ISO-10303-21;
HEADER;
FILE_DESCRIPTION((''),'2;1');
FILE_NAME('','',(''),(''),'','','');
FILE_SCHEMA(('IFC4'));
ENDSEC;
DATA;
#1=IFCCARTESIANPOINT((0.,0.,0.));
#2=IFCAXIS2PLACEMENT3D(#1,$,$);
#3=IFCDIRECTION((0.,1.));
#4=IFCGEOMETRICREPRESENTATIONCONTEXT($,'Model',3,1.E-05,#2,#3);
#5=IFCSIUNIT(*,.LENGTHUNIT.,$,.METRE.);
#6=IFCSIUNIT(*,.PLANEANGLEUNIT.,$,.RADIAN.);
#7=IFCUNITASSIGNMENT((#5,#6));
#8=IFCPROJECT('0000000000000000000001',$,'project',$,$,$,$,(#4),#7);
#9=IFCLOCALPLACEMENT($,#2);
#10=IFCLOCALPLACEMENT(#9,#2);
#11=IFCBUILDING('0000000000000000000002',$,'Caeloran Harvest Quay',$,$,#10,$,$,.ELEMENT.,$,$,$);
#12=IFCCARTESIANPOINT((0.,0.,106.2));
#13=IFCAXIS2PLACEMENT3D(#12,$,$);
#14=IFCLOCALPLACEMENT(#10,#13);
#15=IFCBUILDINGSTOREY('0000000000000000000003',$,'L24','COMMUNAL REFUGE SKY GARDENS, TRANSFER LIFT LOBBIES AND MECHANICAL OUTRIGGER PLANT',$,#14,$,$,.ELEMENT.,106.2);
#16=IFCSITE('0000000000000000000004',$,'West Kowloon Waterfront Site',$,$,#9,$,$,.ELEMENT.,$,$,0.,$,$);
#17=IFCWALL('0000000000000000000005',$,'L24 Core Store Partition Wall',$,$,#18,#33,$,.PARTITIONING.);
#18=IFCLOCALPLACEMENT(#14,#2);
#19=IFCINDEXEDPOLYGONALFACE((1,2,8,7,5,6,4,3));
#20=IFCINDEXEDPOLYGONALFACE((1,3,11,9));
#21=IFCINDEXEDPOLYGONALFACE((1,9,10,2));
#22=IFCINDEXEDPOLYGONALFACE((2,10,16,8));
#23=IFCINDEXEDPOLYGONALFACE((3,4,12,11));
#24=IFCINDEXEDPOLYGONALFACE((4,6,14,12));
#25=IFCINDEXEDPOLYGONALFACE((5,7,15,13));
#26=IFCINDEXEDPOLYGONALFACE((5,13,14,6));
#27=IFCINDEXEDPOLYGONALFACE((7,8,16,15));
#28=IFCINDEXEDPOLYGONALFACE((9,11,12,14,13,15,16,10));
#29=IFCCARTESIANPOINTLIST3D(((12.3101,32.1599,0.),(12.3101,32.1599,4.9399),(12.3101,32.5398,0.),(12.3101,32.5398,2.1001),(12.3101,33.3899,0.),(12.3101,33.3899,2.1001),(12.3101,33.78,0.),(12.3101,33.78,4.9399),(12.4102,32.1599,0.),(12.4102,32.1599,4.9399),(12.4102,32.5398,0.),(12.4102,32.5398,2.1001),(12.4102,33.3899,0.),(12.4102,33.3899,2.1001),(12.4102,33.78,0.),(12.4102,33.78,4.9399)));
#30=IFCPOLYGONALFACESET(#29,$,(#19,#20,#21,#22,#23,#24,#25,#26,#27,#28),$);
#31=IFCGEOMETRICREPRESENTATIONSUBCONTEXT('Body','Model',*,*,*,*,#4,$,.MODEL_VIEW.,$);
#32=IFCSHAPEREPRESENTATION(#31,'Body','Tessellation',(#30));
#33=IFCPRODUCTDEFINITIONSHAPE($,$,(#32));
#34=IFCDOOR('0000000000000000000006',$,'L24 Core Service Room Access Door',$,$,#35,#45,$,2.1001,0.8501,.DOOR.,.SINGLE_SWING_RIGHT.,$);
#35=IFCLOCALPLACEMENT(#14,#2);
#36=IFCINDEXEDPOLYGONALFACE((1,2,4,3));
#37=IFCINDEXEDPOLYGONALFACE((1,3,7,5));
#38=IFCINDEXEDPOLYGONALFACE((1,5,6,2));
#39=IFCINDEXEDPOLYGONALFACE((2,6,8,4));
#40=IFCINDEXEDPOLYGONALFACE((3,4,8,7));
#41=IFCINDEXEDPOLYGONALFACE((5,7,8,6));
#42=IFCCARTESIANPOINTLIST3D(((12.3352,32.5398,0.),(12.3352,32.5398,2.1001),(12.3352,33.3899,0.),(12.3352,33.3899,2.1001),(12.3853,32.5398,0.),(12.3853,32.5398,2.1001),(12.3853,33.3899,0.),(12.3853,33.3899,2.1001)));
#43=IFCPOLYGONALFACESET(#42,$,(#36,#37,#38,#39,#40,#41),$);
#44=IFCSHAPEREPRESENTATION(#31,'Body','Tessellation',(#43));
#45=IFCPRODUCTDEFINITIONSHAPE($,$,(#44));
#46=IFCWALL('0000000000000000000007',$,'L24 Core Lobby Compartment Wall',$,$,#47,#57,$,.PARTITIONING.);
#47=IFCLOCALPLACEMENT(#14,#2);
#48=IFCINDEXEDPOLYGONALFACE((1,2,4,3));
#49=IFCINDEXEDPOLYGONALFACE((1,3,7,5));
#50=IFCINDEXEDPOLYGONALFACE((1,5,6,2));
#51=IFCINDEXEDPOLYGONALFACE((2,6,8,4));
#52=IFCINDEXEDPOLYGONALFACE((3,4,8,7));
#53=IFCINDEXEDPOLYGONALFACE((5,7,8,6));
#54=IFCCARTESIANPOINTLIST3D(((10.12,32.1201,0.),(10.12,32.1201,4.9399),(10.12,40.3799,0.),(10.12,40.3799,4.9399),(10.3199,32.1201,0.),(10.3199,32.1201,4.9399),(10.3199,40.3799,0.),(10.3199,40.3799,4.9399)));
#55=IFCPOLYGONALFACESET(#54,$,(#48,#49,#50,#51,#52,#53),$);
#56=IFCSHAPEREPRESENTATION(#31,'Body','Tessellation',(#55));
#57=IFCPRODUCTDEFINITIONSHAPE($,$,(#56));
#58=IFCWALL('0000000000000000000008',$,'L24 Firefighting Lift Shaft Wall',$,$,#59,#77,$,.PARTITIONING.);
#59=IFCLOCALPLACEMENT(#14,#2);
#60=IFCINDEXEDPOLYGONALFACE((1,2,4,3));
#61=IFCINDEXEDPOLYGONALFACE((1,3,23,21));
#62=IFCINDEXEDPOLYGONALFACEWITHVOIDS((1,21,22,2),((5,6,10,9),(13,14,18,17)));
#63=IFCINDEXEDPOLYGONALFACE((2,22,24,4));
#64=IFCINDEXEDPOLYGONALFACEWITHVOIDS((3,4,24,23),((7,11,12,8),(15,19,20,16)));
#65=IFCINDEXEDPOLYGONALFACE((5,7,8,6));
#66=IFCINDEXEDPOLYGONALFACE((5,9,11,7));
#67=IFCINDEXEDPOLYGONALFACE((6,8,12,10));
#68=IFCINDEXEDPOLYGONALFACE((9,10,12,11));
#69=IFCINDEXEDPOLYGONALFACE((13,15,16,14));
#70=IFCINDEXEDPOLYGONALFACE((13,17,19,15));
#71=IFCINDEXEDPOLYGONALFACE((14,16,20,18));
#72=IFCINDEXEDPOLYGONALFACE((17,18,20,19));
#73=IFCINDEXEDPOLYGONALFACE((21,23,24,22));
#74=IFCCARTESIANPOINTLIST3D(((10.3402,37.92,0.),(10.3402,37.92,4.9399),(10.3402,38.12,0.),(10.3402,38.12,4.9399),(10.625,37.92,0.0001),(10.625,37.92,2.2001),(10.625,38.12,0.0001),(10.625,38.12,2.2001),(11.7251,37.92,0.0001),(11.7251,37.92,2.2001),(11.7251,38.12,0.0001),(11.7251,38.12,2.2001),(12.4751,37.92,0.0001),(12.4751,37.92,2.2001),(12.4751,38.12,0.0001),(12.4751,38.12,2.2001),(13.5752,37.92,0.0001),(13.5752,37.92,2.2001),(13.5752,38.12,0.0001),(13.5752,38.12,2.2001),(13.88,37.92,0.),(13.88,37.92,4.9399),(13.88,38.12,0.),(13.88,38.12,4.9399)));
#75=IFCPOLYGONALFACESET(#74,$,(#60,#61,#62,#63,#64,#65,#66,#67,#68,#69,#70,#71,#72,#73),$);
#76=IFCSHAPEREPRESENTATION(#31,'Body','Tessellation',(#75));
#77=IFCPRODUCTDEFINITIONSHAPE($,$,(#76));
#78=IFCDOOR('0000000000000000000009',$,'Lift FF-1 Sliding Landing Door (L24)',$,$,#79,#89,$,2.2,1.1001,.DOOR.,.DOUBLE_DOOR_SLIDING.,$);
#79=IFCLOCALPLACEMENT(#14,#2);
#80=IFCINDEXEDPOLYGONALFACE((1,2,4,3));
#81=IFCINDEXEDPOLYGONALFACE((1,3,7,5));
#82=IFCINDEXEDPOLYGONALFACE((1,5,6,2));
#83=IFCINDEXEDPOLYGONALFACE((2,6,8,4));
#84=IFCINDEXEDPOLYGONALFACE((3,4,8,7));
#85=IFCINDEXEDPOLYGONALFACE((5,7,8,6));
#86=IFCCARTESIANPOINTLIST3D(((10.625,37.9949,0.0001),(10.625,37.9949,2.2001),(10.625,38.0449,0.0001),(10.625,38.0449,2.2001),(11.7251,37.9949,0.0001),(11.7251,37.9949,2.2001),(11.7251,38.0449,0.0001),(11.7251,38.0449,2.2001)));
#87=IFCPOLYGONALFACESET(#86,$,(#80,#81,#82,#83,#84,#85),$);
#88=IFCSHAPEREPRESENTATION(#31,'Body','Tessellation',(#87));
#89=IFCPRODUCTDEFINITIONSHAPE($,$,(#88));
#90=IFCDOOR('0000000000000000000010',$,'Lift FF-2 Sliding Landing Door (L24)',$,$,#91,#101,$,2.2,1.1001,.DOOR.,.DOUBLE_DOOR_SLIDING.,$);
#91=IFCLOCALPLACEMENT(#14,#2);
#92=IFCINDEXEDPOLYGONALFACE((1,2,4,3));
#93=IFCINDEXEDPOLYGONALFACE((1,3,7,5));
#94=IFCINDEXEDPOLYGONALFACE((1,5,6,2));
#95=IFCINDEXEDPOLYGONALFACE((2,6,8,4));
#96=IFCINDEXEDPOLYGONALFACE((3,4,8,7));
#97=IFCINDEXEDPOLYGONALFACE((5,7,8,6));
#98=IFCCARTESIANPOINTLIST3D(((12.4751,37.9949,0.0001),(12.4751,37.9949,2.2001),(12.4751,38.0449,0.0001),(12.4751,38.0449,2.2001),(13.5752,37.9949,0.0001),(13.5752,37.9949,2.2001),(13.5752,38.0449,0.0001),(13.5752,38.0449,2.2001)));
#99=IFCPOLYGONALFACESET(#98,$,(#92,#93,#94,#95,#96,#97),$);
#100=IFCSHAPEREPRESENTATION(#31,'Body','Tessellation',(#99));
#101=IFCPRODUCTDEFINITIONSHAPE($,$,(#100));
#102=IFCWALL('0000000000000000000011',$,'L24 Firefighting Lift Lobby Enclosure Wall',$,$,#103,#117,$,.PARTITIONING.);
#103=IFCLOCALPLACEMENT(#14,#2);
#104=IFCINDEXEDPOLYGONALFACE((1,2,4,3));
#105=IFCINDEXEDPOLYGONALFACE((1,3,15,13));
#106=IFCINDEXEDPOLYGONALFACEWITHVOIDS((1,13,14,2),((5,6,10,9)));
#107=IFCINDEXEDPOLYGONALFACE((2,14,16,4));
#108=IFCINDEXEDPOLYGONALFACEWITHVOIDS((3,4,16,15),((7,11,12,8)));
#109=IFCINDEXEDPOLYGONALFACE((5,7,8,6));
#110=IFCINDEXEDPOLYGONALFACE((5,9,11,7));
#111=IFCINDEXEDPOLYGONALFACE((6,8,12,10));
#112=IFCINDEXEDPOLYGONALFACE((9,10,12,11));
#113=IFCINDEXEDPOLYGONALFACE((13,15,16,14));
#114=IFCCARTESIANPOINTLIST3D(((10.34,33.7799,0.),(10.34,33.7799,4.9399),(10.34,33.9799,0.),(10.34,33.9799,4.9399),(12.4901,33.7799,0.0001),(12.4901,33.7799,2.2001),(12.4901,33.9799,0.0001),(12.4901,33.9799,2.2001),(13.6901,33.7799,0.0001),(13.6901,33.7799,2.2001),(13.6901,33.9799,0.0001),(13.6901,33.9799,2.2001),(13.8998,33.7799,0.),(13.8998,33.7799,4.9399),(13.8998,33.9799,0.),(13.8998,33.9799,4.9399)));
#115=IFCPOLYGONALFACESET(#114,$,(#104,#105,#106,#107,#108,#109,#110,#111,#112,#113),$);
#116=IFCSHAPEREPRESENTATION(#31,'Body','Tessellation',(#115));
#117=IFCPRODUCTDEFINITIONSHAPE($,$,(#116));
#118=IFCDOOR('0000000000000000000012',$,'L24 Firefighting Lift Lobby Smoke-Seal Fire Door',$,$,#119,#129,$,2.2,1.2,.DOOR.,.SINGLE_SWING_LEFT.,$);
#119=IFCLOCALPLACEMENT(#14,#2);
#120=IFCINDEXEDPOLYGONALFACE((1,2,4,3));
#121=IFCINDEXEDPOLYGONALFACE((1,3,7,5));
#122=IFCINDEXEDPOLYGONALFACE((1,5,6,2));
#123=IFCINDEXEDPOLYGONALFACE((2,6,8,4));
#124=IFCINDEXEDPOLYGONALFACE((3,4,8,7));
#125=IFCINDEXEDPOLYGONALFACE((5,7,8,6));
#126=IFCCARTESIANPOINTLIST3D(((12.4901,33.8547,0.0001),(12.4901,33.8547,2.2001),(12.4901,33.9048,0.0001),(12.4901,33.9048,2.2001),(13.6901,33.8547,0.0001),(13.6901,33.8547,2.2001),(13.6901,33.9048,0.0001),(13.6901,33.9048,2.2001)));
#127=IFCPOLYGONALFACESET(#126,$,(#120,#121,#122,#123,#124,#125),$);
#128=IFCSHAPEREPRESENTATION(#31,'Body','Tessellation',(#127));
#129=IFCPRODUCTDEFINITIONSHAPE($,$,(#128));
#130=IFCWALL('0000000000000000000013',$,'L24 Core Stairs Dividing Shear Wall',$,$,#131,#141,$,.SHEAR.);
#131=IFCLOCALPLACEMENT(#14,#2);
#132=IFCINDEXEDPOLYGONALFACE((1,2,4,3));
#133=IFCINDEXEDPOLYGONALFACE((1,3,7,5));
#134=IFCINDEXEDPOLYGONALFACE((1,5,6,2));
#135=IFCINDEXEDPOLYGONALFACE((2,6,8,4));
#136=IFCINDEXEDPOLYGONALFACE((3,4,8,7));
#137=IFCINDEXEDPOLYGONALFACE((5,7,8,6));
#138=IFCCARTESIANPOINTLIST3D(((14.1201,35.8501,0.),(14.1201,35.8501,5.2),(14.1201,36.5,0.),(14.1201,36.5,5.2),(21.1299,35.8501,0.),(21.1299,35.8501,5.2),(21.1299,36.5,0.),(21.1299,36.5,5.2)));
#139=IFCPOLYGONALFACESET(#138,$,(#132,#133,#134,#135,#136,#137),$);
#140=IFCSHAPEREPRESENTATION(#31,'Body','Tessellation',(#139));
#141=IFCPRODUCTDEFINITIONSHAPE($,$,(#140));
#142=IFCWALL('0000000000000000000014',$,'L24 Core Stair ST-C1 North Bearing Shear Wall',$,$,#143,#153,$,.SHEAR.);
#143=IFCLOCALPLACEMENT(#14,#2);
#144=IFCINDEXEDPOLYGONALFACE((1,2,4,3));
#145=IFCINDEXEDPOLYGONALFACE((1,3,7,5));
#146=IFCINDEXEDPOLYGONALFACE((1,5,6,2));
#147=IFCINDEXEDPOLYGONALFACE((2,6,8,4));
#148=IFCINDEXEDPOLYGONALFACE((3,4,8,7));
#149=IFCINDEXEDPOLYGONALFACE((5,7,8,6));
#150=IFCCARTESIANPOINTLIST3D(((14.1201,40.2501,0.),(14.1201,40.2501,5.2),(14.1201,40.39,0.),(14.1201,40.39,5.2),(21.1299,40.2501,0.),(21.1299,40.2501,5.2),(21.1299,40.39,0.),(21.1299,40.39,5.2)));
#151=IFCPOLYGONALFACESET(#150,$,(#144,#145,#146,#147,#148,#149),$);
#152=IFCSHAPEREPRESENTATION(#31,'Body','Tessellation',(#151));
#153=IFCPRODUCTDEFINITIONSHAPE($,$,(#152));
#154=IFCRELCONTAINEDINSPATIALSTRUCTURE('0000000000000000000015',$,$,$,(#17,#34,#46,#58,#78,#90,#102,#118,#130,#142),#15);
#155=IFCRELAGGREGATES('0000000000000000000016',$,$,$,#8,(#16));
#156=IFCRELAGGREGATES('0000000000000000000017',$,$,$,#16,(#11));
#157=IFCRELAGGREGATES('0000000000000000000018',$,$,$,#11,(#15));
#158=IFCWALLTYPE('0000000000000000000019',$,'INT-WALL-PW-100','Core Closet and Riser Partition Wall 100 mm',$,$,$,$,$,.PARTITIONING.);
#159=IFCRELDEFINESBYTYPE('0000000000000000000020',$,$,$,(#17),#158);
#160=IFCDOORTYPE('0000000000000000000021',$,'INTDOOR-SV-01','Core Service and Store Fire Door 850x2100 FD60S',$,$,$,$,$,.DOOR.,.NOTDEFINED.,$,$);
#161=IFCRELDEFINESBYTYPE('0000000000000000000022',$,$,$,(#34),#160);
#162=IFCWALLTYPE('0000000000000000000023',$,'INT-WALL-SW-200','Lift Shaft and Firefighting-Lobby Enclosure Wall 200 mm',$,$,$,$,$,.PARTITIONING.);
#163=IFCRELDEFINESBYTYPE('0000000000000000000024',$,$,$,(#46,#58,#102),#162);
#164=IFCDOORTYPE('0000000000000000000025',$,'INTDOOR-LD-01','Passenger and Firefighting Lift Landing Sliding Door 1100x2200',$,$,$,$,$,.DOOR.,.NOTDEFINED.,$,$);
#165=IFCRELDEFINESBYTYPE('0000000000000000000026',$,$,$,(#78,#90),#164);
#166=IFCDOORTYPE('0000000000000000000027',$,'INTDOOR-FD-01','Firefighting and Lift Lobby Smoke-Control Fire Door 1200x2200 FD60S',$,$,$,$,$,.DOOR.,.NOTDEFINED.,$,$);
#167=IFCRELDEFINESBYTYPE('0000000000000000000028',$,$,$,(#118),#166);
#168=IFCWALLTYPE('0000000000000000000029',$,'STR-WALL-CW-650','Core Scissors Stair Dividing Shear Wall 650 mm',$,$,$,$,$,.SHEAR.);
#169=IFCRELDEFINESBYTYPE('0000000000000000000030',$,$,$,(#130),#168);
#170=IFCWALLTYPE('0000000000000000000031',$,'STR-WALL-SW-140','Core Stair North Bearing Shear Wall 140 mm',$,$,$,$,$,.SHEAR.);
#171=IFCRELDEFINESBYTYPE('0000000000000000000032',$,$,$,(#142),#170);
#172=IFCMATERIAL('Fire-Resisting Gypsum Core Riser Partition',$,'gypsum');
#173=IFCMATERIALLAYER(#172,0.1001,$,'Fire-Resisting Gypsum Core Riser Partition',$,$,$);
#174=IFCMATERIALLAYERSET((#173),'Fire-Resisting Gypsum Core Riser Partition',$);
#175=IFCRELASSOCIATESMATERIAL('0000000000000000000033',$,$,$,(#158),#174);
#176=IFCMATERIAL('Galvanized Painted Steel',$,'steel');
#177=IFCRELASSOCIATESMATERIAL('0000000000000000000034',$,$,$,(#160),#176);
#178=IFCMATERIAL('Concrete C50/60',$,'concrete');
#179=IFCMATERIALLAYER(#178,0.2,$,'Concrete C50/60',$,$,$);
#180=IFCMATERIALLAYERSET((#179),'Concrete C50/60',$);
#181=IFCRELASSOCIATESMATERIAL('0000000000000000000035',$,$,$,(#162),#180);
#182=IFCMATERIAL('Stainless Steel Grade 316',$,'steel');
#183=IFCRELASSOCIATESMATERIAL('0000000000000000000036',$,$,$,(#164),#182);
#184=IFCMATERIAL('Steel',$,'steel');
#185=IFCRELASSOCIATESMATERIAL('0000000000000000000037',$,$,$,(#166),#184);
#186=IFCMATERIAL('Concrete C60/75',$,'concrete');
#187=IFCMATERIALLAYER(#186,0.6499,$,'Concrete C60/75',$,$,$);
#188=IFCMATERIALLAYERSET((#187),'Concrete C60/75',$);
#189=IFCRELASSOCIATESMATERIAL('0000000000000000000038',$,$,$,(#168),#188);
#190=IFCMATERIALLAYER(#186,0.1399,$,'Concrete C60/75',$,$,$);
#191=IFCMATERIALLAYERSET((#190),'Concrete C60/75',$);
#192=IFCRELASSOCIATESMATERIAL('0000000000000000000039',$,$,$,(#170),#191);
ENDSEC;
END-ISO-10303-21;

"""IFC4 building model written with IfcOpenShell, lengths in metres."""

from ifc_helpers import new_model, si_unit, direction, frame, frame_2d, origin, place, context, subcontext, project, spatial, rectangle, extrude, material, layer, layer_set, type_object, element, fill, save


model = new_model("IFC4")

# Units and contexts
model_context = context("Model", 3, precision=1e-05, world=origin(), true_north=direction((0.0, 1.0)))
body_context = subcontext(model_context, "Body", "Model", "MODEL_VIEW")
ifc_project = project(units=[si_unit("LENGTHUNIT", "METRE"), si_unit("PLANEANGLEUNIT", "RADIAN")], contexts=[model_context])

# Site, building, storey
site_placement = place(None, origin())
site = spatial("IfcSite", under=ifc_project, at=site_placement, Name="West Kowloon Waterfront Site", CompositionType="ELEMENT", RefElevation=0.0)
building_placement = place(site_placement, origin())
building = spatial("IfcBuilding", under=site, at=building_placement, Name="Caeloran Harvest Quay", CompositionType="ELEMENT")
storey_placement = place(building_placement, frame((0.0, 0.0, 106.2)))
storey = spatial("IfcBuildingStorey", under=building, at=storey_placement, Name="L24", Description="COMMUNAL REFUGE SKY GARDENS, TRANSFER LIFT LOBBIES AND MECHANICAL OUTRIGGER PLANT", CompositionType="ELEMENT", Elevation=106.2)

# Wall, opening, door
ifc_material_1 = material(Name="Fire-Resisting Gypsum Core Riser Partition", Category="gypsum")
ifc_layer_1 = layer(ifc_material_1, 0.1001, Name="Fire-Resisting Gypsum Core Riser Partition")
ifc_layer_set_1 = layer_set([ifc_layer_1], Name="Fire-Resisting Gypsum Core Riser Partition")
wall_type_1 = type_object("IfcWallType", Name="INT-WALL-PW-100", Description="Core Closet and Riser Partition Wall 100 mm", PredefinedType="PARTITIONING", material=ifc_layer_set_1)
wall_1_placement = place(storey_placement, frame((12.3601, 32.1599, 0.0), z_axis=(0.0, 0.0, 1.0), x_axis=(0.0, 1.0, 0.0)))
wall_1 = element("IfcWall", 1, at=wall_1_placement, inside=storey, type_object=wall_type_1, Name="L24 Core Store Partition Wall", PredefinedType="PARTITIONING", context=body_context, shape_type="SweptSolid", body=[
    extrude(rectangle(XDim=1.6201, YDim=0.1001, at=frame_2d((0.8101, 0.0))), origin(), (0.0, 0.0, 1.0), 4.9399),
])
opening_1_placement = place(wall_1_placement, frame((0.3799, 0.0, 0.0)))
opening_1 = element("IfcOpeningElement", 2, at=opening_1_placement, cuts=wall_1, PredefinedType="OPENING", context=body_context, shape_type="SweptSolid", body=[
    extrude(rectangle(XDim=0.8501, YDim=2.1001, at=frame_2d((0.425, 1.05))), frame((0.0, 0.0601, 0.0), z_axis=(0.0, -1.0, 0.0), x_axis=(1.0, 0.0, 0.0)), (0.0, 0.0, 1.0), 0.1201),
])
ifc_material_2 = material(Name="Galvanized Painted Steel", Category="steel")
door_type_1 = type_object("IfcDoorType", Name="INTDOOR-SV-01", Description="Core Service and Store Fire Door 850x2100 FD60S", OperationType="NOTDEFINED", PredefinedType="DOOR", material=ifc_material_2)
door_1_placement = place(opening_1_placement, origin())
door_1 = element("IfcDoor", 3, at=door_1_placement, inside=storey, type_object=door_type_1, Name="L24 Core Service Room Access Door", OperationType="SINGLE_SWING_RIGHT", OverallHeight=2.1001, OverallWidth=0.8501, PredefinedType="DOOR", context=body_context, shape_type="SweptSolid", body=[
    extrude(rectangle(XDim=0.8501, YDim=2.1001, at=frame_2d((0.425, 1.05))), frame((0.0, 0.0249, 0.0), z_axis=(0.0, -1.0, 0.0), x_axis=(1.0, 0.0, 0.0)), (0.0, 0.0, 1.0), 0.05),
])
fill(opening_1, door_1)

# Wall
ifc_material_3 = material(Name="Concrete C50/60", Category="concrete")
ifc_layer_2 = layer(ifc_material_3, 0.2, Name="Concrete C50/60")
ifc_layer_set_2 = layer_set([ifc_layer_2], Name="Concrete C50/60")
wall_type_2 = type_object("IfcWallType", Name="INT-WALL-SW-200", Description="Lift Shaft and Firefighting-Lobby Enclosure Wall 200 mm", PredefinedType="PARTITIONING", material=ifc_layer_set_2)
wall_2_placement = place(storey_placement, frame((10.22, 32.1201, 0.0), z_axis=(0.0, 0.0, 1.0), x_axis=(0.0, 1.0, 0.0)))
element("IfcWall", 4, at=wall_2_placement, inside=storey, type_object=wall_type_2, Name="L24 Core Lobby Compartment Wall", PredefinedType="PARTITIONING", context=body_context, shape_type="SweptSolid", body=[
    extrude(rectangle(XDim=8.2598, YDim=0.2, at=frame_2d((4.1299, 0.0))), origin(), (0.0, 0.0, 1.0), 4.9399),
])

# Wall, openings, doors
wall_3_placement = place(storey_placement, frame((10.3401, 38.02, 0.0), z_axis=(0.0, 0.0, 1.0), x_axis=(1.0, 0.0, 0.0)))
wall_3 = element("IfcWall", 5, at=wall_3_placement, inside=storey, type_object=wall_type_2, Name="L24 Firefighting Lift Shaft Wall", PredefinedType="PARTITIONING", context=body_context, shape_type="SweptSolid", body=[
    extrude(rectangle(XDim=3.5398, YDim=0.2, at=frame_2d((1.77, 0.0))), origin(), (0.0, 0.0, 1.0), 4.9399),
])
opening_2_placement = place(wall_3_placement, frame((0.2849, 0.0, 0.0)))
opening_2 = element("IfcOpeningElement", 6, at=opening_2_placement, cuts=wall_3, PredefinedType="OPENING", context=body_context, shape_type="SweptSolid", body=[
    extrude(rectangle(XDim=1.1001, YDim=2.2, at=frame_2d((0.55, 1.1001))), frame((0.0, 0.1099, 0.0), z_axis=(0.0, -1.0, 0.0), x_axis=(1.0, 0.0, 0.0)), (0.0, 0.0, 1.0), 0.22),
])
opening_3_placement = place(wall_3_placement, frame((2.135, 0.0, 0.0)))
opening_3 = element("IfcOpeningElement", 7, at=opening_3_placement, cuts=wall_3, PredefinedType="OPENING", context=body_context, shape_type="SweptSolid", body=[
    extrude(rectangle(XDim=1.1001, YDim=2.2, at=frame_2d((0.55, 1.1001))), frame((0.0, 0.1099, 0.0), z_axis=(0.0, -1.0, 0.0), x_axis=(1.0, 0.0, 0.0)), (0.0, 0.0, 1.0), 0.22),
])
ifc_material_4 = material(Name="Stainless Steel Grade 316", Category="steel")
door_type_2 = type_object("IfcDoorType", Name="INTDOOR-LD-01", Description="Passenger and Firefighting Lift Landing Sliding Door 1100x2200", OperationType="NOTDEFINED", PredefinedType="DOOR", material=ifc_material_4)
door_2_placement = place(opening_2_placement, origin())
door_2 = element("IfcDoor", 8, at=door_2_placement, inside=storey, type_object=door_type_2, Name="Lift FF-1 Sliding Landing Door (L24)", OperationType="DOUBLE_DOOR_SLIDING", OverallHeight=2.2, OverallWidth=1.1001, PredefinedType="DOOR", context=body_context, shape_type="SweptSolid", body=[
    extrude(rectangle(XDim=1.1001, YDim=2.2, at=frame_2d((0.55, 1.1001))), frame((0.0, 0.0249, 0.0), z_axis=(0.0, -1.0, 0.0), x_axis=(1.0, 0.0, 0.0)), (0.0, 0.0, 1.0), 0.05),
])
fill(opening_2, door_2)
door_3_placement = place(opening_3_placement, origin())
door_3 = element("IfcDoor", 9, at=door_3_placement, inside=storey, type_object=door_type_2, Name="Lift FF-2 Sliding Landing Door (L24)", OperationType="DOUBLE_DOOR_SLIDING", OverallHeight=2.2, OverallWidth=1.1001, PredefinedType="DOOR", context=body_context, shape_type="SweptSolid", body=[
    extrude(rectangle(XDim=1.1001, YDim=2.2, at=frame_2d((0.55, 1.1001))), frame((0.0, 0.0249, 0.0), z_axis=(0.0, -1.0, 0.0), x_axis=(1.0, 0.0, 0.0)), (0.0, 0.0, 1.0), 0.05),
])
fill(opening_3, door_3)

# Wall, opening, door
wall_4_placement = place(storey_placement, frame((10.3401, 33.8799, 0.0), z_axis=(0.0, 0.0, 1.0), x_axis=(1.0, 0.0, 0.0)))
wall_4 = element("IfcWall", 10, at=wall_4_placement, inside=storey, type_object=wall_type_2, Name="L24 Firefighting Lift Lobby Enclosure Wall", PredefinedType="PARTITIONING", context=body_context, shape_type="SweptSolid", body=[
    extrude(rectangle(XDim=3.5598, YDim=0.2, at=frame_2d((1.7798, 0.0))), origin(), (0.0, 0.0, 1.0), 4.9399),
])
opening_4_placement = place(wall_4_placement, frame((2.1499, 0.0, 0.0)))
opening_4 = element("IfcOpeningElement", 11, at=opening_4_placement, cuts=wall_4, PredefinedType="OPENING", context=body_context, shape_type="SweptSolid", body=[
    extrude(rectangle(XDim=1.2, YDim=2.2, at=frame_2d((0.6001, 1.1001))), frame((0.0, 0.1099, 0.0), z_axis=(0.0, -1.0, 0.0), x_axis=(1.0, 0.0, 0.0)), (0.0, 0.0, 1.0), 0.22),
])
ifc_material_5 = material(Name="Steel", Category="steel")
door_type_3 = type_object("IfcDoorType", Name="INTDOOR-FD-01", Description="Firefighting and Lift Lobby Smoke-Control Fire Door 1200x2200 FD60S", OperationType="NOTDEFINED", PredefinedType="DOOR", material=ifc_material_5)
door_4_placement = place(opening_4_placement, origin())
door_4 = element("IfcDoor", 12, at=door_4_placement, inside=storey, type_object=door_type_3, Name="L24 Firefighting Lift Lobby Smoke-Seal Fire Door", OperationType="SINGLE_SWING_LEFT", OverallHeight=2.2, OverallWidth=1.2, PredefinedType="DOOR", context=body_context, shape_type="SweptSolid", body=[
    extrude(rectangle(XDim=1.2, YDim=2.2, at=frame_2d((0.6001, 1.1001))), frame((0.0, 0.0249, 0.0), z_axis=(0.0, -1.0, 0.0), x_axis=(1.0, 0.0, 0.0)), (0.0, 0.0, 1.0), 0.05),
])
fill(opening_4, door_4)

# Walls
ifc_material_6 = material(Name="Concrete C60/75", Category="concrete")
ifc_layer_3 = layer(ifc_material_6, 0.6499, Name="Concrete C60/75")
ifc_layer_set_3 = layer_set([ifc_layer_3], Name="Concrete C60/75")
wall_type_3 = type_object("IfcWallType", Name="STR-WALL-CW-650", Description="Core Scissors Stair Dividing Shear Wall 650 mm", PredefinedType="SHEAR", material=ifc_layer_set_3)
wall_5_placement = place(storey_placement, frame((14.1201, 36.175, 0.0), z_axis=(0.0, 0.0, 1.0), x_axis=(1.0, 0.0, 0.0)))
element("IfcWall", 13, at=wall_5_placement, inside=storey, type_object=wall_type_3, Name="L24 Core Stairs Dividing Shear Wall", PredefinedType="SHEAR", context=body_context, shape_type="SweptSolid", body=[
    extrude(rectangle(XDim=7.0098, YDim=0.6499, at=frame_2d((3.5049, 0.0))), origin(), (0.0, 0.0, 1.0), 5.2),
])
ifc_layer_4 = layer(ifc_material_6, 0.1399, Name="Concrete C60/75")
ifc_layer_set_4 = layer_set([ifc_layer_4], Name="Concrete C60/75")
wall_type_4 = type_object("IfcWallType", Name="STR-WALL-SW-140", Description="Core Stair North Bearing Shear Wall 140 mm", PredefinedType="SHEAR", material=ifc_layer_set_4)
wall_6_placement = place(storey_placement, frame((14.1201, 40.3201, 0.0), z_axis=(0.0, 0.0, 1.0), x_axis=(1.0, 0.0, 0.0)))
element("IfcWall", 14, at=wall_6_placement, inside=storey, type_object=wall_type_4, Name="L24 Core Stair ST-C1 North Bearing Shear Wall", PredefinedType="SHEAR", context=body_context, shape_type="SweptSolid", body=[
    extrude(rectangle(XDim=7.0098, YDim=0.1399, at=frame_2d((3.5049, 0.0))), origin(), (0.0, 0.0, 1.0), 5.2),
])

save(model, "model.ifc")
